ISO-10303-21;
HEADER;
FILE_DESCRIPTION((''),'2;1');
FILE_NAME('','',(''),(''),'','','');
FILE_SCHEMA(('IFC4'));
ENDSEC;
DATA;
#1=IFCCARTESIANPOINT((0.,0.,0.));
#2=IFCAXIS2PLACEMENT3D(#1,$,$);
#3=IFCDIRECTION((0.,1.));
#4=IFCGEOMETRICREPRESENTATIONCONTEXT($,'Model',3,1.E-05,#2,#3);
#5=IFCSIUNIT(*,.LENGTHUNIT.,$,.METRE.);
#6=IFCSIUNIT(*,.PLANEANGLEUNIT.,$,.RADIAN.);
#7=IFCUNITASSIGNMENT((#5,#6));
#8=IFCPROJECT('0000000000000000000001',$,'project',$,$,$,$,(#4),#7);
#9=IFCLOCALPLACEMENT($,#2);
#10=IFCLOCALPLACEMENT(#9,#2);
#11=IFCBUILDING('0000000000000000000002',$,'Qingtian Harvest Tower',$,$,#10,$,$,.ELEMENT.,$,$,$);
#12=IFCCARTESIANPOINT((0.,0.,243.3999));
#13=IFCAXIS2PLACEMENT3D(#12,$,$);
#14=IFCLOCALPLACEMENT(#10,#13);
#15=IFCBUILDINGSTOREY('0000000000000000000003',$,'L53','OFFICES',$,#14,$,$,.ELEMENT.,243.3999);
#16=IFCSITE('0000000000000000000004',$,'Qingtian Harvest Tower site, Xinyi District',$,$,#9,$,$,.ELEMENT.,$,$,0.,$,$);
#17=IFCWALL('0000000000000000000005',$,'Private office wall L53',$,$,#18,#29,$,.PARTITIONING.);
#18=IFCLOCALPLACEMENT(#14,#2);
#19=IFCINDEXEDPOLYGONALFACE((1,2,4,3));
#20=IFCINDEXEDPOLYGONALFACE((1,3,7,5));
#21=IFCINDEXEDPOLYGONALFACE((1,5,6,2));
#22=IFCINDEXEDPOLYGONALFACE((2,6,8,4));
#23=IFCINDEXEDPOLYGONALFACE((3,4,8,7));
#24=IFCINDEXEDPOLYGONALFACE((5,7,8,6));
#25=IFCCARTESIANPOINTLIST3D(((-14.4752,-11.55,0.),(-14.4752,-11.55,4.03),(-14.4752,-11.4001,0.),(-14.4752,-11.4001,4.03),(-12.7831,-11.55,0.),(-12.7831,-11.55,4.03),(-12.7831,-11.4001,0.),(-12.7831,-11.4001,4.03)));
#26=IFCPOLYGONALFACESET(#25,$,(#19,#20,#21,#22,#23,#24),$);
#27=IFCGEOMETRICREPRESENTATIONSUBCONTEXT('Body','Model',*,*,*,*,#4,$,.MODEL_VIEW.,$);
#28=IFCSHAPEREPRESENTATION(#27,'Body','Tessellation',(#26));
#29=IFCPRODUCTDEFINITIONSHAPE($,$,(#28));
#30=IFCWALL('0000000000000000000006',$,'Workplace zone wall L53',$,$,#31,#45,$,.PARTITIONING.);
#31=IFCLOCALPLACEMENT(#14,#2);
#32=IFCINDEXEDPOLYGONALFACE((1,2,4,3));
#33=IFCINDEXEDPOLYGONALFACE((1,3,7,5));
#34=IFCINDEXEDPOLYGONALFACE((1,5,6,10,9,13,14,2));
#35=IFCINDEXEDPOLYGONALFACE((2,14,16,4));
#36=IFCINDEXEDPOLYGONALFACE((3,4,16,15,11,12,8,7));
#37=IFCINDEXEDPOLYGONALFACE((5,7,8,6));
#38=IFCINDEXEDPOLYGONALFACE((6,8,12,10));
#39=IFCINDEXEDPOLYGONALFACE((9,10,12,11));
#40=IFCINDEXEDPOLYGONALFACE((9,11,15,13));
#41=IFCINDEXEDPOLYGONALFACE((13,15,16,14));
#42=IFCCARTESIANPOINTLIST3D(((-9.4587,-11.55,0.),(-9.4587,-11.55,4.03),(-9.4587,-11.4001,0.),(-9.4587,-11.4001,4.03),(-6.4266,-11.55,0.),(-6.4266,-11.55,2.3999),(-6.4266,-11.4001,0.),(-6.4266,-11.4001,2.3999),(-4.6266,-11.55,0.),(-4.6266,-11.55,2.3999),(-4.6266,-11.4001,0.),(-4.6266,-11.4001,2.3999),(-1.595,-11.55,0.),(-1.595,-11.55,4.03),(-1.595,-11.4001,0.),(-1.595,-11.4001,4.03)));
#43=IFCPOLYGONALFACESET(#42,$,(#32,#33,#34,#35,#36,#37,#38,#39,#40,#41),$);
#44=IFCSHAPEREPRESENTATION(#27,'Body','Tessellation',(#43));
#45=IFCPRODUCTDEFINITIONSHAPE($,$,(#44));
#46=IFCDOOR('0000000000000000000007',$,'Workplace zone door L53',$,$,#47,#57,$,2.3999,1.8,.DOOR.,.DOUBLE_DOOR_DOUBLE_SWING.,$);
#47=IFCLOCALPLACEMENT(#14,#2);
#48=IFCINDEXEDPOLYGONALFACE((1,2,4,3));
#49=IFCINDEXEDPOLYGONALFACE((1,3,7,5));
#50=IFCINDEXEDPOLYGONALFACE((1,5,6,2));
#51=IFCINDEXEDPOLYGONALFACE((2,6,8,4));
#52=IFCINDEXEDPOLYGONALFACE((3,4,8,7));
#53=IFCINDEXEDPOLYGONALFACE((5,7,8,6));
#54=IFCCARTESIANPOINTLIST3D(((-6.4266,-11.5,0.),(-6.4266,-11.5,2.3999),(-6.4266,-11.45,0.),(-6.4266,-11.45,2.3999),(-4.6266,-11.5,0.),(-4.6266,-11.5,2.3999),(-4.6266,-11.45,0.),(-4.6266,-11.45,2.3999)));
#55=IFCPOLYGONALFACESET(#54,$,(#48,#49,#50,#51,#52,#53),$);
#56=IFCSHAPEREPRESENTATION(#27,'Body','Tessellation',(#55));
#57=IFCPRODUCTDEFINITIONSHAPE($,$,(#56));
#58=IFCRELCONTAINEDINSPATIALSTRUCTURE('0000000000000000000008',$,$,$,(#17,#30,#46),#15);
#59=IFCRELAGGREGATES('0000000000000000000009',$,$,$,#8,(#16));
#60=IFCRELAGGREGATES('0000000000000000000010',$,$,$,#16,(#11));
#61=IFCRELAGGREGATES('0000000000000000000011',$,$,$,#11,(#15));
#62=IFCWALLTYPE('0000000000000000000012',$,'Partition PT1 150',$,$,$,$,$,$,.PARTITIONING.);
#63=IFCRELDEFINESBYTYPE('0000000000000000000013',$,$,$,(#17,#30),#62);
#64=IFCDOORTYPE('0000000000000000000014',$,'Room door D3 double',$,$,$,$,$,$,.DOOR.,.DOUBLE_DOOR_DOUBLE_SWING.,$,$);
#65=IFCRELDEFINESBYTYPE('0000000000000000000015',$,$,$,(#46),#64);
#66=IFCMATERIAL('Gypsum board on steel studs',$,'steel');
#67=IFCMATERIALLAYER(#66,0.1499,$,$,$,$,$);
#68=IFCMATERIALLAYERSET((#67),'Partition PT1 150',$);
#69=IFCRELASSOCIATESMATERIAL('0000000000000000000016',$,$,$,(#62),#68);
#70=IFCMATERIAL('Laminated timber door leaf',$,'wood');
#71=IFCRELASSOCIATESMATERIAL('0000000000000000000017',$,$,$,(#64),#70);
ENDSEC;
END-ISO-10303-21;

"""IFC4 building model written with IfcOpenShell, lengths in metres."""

from ifc_helpers import new_model, si_unit, direction, frame, frame_2d, origin, place, context, subcontext, project, spatial, rectangle, extrude, material, layer, layer_set, type_object, element, fill, save


model = new_model("IFC4")

# Units and contexts
model_context = context("Model", 3, precision=1e-05, world=origin(), true_north=direction((0.0, 1.0)))
body_context = subcontext(model_context, "Body", "Model", "MODEL_VIEW")
ifc_project = project(units=[si_unit("LENGTHUNIT", "METRE"), si_unit("PLANEANGLEUNIT", "RADIAN")], contexts=[model_context])

# Site, building, storey
site_placement = place(None, origin())
site = spatial("IfcSite", under=ifc_project, at=site_placement, Name="Qingtian Harvest Tower site, Xinyi District", CompositionType="ELEMENT", RefElevation=0.0)
building_placement = place(site_placement, origin())
building = spatial("IfcBuilding", under=site, at=building_placement, Name="Qingtian Harvest Tower", CompositionType="ELEMENT")
storey_placement = place(building_placement, frame((0.0, 0.0, 243.3999)))
storey = spatial("IfcBuildingStorey", under=building, at=storey_placement, Name="L53", Description="OFFICES", CompositionType="ELEMENT", Elevation=243.3999)

# Shared definitions
ifc_material_1 = material(Name="Gypsum board on steel studs", Category="steel")
ifc_layer_1 = layer(ifc_material_1, 0.1499)
ifc_layer_set_1 = layer_set([ifc_layer_1], Name="Partition PT1 150")
wall_type_1 = type_object("IfcWallType", Name="Partition PT1 150", PredefinedType="PARTITIONING", material=ifc_layer_set_1)

# Wall
wall_1_placement = place(storey_placement, frame((-12.783, -11.4751, 0.0), z_axis=(0.0, 0.0, 1.0), x_axis=(-1.0, 0.0, 0.0)))
element("IfcWall", 1, at=wall_1_placement, inside=storey, type_object=wall_type_1, Name="Private office wall L53", PredefinedType="PARTITIONING", context=body_context, shape_type="SweptSolid", body=[
    extrude(rectangle(XDim=1.6921, YDim=0.1499, at=frame_2d((0.8462, 0.0))), origin(), (0.0, 0.0, 1.0), 4.03),
])

# Wall, opening, door
wall_2_placement = place(storey_placement, frame((-1.595, -11.4751, 0.0), z_axis=(0.0, 0.0, 1.0), x_axis=(-1.0, 0.0, 0.0)))
wall_2 = element("IfcWall", 2, at=wall_2_placement, inside=storey, type_object=wall_type_1, Name="Workplace zone wall L53", PredefinedType="PARTITIONING", context=body_context, shape_type="SweptSolid", body=[
    extrude(rectangle(XDim=7.8638, YDim=0.1499, at=frame_2d((3.9319, 0.0))), origin(), (0.0, 0.0, 1.0), 4.03),
])
opening_1_placement = place(wall_2_placement, frame((3.0317, 0.0, 0.0)))
opening_1 = element("IfcOpeningElement", 3, at=opening_1_placement, cuts=wall_2, PredefinedType="OPENING", context=body_context, shape_type="SweptSolid", body=[
    extrude(rectangle(XDim=1.8, YDim=2.3999, at=frame_2d((0.8999, 1.2))), frame((0.0, 0.085, 0.0), z_axis=(0.0, -1.0, 0.0), x_axis=(1.0, 0.0, 0.0)), (0.0, 0.0, 1.0), 0.1699),
])
ifc_material_2 = material(Name="Laminated timber door leaf", Category="wood")
door_type_1 = type_object("IfcDoorType", Name="Room door D3 double", OperationType="DOUBLE_DOOR_DOUBLE_SWING", PredefinedType="DOOR", material=ifc_material_2)
door_1_placement = place(opening_1_placement, origin())
door_1 = element("IfcDoor", 4, at=door_1_placement, inside=storey, type_object=door_type_1, Name="Workplace zone door L53", OperationType="DOUBLE_DOOR_DOUBLE_SWING", OverallHeight=2.3999, OverallWidth=1.8, PredefinedType="DOOR", context=body_context, shape_type="SweptSolid", body=[
    extrude(rectangle(XDim=1.8, YDim=2.3999, at=frame_2d((0.8999, 1.2))), frame((0.0, 0.0249, 0.0), z_axis=(0.0, -1.0, 0.0), x_axis=(1.0, 0.0, 0.0)), (0.0, 0.0, 1.0), 0.05),
])
fill(opening_1, door_1)

save(model, "model.ifc")
